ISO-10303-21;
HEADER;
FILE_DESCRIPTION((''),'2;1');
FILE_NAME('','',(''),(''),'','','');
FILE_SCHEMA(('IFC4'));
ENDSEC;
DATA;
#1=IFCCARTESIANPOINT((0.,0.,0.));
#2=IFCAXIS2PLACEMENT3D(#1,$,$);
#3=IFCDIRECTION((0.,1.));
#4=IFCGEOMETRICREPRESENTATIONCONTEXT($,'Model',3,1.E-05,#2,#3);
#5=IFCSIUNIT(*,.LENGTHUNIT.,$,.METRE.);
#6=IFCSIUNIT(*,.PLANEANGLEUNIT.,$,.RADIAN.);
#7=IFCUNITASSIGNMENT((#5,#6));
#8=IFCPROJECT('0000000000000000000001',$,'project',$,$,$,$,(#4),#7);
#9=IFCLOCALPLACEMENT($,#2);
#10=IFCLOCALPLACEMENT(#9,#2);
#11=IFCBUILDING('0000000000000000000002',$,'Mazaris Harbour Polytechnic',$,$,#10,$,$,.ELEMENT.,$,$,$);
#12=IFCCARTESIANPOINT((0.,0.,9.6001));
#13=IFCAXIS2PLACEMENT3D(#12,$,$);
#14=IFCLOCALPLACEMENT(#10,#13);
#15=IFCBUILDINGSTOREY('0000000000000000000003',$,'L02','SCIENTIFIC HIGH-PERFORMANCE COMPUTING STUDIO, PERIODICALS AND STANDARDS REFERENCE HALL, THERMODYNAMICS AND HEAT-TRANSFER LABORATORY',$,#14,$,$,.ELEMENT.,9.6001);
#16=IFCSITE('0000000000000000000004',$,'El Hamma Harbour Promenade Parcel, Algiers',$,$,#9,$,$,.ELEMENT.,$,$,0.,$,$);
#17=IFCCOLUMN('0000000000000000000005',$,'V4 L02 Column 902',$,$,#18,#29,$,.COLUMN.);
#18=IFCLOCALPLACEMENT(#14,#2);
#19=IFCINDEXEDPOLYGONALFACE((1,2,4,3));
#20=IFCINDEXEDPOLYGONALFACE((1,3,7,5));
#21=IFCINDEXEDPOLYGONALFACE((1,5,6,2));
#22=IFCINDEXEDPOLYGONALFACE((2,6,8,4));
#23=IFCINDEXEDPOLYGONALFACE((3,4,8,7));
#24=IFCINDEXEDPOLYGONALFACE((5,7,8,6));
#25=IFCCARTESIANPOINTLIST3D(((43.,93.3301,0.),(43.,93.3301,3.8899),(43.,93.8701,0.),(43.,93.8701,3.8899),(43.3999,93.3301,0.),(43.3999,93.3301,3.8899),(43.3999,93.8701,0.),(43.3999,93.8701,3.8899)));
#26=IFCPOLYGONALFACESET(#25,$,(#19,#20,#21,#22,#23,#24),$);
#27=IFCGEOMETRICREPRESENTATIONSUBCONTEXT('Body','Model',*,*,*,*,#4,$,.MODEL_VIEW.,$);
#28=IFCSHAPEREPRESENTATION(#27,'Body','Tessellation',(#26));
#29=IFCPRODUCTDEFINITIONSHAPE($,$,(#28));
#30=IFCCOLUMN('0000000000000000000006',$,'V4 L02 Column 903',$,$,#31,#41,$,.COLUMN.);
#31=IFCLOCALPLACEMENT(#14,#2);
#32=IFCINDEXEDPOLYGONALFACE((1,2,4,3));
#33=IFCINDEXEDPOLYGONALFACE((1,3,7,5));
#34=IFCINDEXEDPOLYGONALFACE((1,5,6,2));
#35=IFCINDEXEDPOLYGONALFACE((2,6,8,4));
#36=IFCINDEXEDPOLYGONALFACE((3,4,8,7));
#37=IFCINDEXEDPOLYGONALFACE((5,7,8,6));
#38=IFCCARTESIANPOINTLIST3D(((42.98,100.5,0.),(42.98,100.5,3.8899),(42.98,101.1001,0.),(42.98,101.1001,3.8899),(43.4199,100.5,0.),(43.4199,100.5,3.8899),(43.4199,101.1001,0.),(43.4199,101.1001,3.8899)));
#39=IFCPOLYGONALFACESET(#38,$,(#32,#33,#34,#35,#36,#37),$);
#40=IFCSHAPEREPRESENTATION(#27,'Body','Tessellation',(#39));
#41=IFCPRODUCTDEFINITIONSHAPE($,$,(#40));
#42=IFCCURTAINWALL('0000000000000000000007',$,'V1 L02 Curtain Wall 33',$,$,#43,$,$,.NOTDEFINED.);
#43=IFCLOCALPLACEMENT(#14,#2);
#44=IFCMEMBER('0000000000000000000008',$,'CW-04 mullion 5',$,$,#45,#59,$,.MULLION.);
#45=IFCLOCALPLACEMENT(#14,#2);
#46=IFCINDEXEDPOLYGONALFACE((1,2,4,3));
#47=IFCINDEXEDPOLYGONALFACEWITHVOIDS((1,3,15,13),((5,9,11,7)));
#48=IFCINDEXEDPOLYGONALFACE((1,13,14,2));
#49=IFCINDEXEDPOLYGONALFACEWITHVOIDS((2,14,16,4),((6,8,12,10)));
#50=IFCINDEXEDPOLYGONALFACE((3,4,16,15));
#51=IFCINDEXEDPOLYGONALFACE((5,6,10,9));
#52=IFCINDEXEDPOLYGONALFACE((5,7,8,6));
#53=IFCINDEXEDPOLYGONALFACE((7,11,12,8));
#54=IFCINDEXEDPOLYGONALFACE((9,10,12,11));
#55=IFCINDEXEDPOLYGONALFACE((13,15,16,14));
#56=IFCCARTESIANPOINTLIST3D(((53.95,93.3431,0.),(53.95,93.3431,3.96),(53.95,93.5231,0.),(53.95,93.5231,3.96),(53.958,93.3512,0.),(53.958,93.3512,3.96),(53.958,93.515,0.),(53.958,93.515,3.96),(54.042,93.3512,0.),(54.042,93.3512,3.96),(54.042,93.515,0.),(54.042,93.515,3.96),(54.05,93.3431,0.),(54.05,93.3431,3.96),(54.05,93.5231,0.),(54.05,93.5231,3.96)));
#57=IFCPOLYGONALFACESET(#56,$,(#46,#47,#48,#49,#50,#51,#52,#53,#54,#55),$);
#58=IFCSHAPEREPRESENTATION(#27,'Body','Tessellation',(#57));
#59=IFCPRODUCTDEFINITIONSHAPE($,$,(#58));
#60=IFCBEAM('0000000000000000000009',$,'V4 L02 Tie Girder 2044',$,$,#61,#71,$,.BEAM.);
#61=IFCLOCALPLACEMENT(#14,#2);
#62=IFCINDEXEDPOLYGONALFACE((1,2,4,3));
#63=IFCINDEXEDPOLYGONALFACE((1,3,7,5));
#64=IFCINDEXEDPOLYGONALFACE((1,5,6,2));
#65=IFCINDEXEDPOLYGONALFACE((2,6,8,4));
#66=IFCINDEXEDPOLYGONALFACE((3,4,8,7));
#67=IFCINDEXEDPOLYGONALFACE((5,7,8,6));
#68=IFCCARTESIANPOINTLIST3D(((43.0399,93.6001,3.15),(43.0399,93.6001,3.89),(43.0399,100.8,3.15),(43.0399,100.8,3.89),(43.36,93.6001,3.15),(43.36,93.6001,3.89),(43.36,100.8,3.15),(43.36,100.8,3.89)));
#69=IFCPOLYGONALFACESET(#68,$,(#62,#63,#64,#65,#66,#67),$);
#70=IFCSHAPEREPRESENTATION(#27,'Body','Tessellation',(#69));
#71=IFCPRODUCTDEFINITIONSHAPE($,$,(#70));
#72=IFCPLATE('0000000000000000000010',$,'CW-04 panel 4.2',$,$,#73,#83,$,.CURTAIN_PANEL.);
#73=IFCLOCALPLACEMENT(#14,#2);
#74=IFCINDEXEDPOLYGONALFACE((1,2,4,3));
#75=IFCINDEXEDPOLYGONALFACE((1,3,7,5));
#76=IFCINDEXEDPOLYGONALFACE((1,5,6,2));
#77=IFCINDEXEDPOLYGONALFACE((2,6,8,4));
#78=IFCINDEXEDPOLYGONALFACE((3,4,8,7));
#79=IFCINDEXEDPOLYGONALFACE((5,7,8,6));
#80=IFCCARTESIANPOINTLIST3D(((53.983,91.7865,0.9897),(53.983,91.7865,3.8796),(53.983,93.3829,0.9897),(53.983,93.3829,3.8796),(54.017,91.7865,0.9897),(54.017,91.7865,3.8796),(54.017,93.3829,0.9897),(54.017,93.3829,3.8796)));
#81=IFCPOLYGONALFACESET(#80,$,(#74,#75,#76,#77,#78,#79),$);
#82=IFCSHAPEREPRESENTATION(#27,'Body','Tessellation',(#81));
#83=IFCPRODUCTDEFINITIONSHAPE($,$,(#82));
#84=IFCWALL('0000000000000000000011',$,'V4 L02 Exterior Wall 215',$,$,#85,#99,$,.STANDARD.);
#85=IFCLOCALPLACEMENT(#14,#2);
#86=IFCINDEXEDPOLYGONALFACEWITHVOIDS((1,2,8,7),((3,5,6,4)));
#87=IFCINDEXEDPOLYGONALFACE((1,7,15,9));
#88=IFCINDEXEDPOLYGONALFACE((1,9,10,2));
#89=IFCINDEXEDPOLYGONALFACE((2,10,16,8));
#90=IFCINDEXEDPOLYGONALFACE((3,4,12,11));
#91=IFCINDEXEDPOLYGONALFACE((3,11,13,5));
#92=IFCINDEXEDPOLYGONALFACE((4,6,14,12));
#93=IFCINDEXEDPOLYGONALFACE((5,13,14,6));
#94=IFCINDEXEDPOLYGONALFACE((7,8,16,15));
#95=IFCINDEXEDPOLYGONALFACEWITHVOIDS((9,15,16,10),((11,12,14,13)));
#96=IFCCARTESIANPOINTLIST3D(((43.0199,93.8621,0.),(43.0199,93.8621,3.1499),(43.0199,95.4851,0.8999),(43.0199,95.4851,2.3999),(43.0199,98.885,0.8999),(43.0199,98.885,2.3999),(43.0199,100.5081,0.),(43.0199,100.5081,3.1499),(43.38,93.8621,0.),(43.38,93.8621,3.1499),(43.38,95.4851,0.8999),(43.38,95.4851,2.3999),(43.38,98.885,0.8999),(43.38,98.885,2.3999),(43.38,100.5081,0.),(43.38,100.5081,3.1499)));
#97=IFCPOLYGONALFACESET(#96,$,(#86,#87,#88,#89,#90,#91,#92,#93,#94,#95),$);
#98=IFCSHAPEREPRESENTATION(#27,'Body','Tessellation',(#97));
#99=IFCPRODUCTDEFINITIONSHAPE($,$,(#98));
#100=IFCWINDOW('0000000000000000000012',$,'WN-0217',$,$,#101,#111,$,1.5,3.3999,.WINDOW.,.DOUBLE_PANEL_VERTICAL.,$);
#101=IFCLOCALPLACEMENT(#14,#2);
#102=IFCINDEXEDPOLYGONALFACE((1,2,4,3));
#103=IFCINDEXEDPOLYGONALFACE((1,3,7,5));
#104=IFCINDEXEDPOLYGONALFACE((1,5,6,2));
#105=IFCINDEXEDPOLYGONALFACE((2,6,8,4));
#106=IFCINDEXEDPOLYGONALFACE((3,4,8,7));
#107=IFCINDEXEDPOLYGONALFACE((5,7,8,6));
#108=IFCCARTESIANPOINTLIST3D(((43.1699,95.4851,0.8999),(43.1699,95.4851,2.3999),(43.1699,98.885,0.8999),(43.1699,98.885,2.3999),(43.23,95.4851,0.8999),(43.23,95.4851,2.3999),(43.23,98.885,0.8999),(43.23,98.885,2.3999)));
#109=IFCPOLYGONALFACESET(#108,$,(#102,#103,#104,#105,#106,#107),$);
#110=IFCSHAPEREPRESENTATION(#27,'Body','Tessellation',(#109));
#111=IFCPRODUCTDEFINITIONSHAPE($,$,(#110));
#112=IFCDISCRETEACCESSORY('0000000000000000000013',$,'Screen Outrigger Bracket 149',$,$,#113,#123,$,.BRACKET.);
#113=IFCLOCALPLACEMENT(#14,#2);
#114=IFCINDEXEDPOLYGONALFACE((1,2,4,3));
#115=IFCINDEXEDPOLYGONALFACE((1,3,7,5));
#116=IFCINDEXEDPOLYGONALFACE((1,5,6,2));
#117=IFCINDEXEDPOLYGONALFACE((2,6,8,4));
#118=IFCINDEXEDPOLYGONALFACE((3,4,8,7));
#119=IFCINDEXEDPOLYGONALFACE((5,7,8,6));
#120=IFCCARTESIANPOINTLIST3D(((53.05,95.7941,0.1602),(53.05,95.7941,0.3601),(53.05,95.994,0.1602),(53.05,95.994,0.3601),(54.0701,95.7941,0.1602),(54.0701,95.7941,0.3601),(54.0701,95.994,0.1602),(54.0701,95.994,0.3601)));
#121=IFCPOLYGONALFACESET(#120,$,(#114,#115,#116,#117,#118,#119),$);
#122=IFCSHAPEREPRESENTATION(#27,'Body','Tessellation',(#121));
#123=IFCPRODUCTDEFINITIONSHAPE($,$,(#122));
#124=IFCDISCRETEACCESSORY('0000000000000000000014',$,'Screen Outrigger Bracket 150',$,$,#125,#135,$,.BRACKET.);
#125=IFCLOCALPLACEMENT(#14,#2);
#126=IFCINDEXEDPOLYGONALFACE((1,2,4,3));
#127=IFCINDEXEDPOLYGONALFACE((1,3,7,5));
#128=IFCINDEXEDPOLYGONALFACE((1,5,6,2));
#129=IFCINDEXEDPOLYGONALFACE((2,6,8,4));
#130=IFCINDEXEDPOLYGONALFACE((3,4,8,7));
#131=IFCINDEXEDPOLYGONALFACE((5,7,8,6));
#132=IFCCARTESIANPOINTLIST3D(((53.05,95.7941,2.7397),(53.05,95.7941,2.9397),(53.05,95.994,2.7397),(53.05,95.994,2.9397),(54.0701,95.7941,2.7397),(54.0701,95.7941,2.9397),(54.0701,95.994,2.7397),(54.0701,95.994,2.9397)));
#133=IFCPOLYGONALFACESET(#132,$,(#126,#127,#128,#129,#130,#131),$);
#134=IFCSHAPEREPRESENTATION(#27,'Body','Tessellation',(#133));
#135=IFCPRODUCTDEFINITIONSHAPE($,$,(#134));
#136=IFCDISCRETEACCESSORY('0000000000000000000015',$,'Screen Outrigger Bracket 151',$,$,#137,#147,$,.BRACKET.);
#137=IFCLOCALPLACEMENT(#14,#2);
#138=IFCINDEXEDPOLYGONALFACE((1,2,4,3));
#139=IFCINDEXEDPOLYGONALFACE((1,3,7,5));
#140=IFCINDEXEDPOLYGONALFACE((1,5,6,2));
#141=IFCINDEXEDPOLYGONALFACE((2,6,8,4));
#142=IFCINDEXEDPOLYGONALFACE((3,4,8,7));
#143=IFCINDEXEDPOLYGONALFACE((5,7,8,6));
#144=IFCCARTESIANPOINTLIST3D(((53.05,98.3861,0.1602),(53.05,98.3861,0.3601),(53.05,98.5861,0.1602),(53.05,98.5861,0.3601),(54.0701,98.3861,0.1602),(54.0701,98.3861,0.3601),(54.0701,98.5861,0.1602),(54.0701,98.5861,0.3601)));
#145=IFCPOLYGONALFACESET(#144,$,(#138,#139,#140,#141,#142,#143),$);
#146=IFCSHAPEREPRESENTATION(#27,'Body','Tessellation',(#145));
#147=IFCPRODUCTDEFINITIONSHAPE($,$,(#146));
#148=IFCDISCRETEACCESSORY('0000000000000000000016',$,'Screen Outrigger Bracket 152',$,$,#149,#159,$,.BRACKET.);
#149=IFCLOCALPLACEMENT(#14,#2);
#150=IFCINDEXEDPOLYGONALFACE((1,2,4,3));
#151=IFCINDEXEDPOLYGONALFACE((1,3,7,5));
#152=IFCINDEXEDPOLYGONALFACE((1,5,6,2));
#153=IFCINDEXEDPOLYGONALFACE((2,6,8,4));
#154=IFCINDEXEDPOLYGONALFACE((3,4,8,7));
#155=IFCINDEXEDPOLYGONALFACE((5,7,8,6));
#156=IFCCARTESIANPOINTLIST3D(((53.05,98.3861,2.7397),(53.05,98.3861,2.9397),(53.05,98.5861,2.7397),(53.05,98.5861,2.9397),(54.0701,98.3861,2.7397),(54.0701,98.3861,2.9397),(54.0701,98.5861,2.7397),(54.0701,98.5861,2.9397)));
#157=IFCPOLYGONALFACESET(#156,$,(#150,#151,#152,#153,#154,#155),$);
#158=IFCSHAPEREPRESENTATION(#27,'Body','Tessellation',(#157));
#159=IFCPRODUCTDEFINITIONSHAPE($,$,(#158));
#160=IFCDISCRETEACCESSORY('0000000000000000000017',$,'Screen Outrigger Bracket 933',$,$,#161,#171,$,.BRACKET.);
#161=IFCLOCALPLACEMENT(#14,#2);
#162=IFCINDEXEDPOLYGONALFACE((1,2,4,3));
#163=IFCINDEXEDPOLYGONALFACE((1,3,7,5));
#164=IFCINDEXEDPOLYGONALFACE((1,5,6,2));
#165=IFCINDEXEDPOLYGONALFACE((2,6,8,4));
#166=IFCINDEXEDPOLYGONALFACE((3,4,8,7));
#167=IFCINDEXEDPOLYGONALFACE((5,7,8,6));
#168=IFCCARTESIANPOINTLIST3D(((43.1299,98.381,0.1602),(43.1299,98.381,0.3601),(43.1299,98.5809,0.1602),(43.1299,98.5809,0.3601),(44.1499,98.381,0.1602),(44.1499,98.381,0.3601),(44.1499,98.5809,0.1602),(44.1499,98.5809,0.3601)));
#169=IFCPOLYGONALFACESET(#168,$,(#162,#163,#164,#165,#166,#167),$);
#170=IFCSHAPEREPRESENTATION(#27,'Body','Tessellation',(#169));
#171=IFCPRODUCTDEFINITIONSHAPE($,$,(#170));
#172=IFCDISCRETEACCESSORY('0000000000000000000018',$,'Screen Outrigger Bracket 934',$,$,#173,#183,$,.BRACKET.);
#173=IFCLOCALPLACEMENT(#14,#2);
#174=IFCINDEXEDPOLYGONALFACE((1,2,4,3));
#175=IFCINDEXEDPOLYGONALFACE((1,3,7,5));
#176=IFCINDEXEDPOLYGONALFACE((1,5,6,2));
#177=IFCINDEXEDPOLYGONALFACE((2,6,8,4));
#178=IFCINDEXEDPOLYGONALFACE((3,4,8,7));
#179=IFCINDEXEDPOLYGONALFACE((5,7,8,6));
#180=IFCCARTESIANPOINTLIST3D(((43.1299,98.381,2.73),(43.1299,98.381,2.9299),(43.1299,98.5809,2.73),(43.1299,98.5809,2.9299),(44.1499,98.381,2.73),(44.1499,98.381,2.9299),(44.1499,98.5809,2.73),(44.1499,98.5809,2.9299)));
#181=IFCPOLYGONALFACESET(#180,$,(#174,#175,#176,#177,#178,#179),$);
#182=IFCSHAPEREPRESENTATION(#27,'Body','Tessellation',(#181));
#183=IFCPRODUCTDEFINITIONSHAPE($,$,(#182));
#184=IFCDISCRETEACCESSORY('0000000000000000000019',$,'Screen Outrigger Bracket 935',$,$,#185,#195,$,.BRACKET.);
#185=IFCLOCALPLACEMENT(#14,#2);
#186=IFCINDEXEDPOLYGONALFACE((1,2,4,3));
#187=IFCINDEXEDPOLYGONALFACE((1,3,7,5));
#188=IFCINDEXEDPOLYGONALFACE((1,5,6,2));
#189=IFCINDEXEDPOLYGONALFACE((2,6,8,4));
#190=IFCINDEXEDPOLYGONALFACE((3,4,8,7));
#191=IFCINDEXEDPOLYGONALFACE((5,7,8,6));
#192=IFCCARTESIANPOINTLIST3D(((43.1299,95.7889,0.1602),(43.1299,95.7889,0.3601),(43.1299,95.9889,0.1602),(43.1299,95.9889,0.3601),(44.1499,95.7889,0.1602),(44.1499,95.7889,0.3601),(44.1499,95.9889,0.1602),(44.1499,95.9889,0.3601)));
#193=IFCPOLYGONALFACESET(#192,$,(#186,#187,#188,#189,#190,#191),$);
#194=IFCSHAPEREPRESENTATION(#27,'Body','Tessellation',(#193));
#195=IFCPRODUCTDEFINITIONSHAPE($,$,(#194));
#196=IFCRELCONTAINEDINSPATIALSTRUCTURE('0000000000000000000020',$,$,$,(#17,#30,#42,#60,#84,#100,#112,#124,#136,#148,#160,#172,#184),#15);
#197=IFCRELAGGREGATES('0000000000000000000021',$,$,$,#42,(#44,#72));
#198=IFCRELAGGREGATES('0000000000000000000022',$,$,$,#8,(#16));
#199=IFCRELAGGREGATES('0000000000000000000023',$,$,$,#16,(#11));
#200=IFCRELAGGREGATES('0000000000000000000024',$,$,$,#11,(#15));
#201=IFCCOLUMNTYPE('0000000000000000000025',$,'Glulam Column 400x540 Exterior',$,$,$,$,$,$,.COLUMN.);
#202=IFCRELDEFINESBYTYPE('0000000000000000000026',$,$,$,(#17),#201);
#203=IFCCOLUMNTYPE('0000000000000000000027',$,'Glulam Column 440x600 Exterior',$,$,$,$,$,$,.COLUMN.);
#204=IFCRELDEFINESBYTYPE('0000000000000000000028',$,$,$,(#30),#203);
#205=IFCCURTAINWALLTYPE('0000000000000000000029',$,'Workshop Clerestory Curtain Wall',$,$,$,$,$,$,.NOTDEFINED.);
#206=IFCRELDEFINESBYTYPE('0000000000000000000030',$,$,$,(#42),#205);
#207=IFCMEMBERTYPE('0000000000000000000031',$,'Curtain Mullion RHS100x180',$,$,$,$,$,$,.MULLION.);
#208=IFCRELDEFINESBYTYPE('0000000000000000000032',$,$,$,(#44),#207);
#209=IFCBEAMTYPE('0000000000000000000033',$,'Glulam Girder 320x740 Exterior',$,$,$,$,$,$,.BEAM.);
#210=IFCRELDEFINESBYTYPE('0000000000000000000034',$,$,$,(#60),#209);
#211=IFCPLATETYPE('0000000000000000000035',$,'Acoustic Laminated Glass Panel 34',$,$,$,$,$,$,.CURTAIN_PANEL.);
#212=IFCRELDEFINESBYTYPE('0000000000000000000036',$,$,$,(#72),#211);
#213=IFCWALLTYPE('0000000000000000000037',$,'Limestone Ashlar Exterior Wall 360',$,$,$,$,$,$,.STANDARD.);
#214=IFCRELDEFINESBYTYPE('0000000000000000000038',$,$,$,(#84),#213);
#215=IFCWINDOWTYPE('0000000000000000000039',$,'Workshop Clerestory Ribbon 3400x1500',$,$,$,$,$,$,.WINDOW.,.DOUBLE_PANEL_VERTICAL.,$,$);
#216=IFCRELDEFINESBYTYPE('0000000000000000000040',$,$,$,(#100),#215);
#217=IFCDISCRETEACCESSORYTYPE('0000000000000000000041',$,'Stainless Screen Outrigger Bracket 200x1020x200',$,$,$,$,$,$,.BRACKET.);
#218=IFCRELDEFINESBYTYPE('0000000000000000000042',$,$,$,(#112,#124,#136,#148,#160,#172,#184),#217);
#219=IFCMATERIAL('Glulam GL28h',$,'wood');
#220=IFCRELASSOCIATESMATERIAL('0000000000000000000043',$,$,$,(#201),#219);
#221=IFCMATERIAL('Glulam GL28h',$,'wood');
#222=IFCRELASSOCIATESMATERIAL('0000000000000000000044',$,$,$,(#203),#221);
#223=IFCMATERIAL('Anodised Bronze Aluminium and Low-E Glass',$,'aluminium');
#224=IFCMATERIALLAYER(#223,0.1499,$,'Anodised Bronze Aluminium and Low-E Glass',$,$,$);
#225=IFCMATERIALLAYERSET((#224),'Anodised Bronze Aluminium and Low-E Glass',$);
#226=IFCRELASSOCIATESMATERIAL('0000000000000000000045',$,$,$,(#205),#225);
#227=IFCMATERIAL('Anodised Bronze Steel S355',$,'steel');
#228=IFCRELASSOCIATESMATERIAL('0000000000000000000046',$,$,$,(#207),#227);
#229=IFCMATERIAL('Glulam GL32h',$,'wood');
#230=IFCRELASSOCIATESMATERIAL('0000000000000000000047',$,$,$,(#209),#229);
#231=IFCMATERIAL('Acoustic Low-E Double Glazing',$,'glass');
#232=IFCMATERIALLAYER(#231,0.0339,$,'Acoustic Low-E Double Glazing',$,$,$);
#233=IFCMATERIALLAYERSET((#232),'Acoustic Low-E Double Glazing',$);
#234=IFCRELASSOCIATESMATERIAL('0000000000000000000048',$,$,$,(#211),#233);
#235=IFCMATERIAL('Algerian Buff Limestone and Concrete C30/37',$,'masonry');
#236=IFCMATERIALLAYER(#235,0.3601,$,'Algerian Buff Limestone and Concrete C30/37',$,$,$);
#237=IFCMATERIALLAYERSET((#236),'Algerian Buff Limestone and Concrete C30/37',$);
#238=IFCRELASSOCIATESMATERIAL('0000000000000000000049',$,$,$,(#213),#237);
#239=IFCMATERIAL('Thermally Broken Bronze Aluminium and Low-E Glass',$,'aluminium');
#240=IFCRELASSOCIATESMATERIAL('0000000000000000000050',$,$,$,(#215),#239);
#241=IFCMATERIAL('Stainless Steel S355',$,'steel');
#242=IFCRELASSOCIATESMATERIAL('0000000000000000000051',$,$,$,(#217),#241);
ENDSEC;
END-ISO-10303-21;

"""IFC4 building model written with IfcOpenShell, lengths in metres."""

from ifc_helpers import new_model, si_unit, direction, frame, frame_2d, origin, origin_2d, place, context, subcontext, project, spatial, rectangle, hollow_rectangle, extrude, material, layer, layer_set, material_profile, profile_set, type_object, element, fill, aggregate, save


model = new_model("IFC4")

# Units and contexts
model_context = context("Model", 3, precision=1e-05, world=origin(), true_north=direction((0.0, 1.0)))
body_context = subcontext(model_context, "Body", "Model", "MODEL_VIEW")
ifc_project = project(units=[si_unit("LENGTHUNIT", "METRE"), si_unit("PLANEANGLEUNIT", "RADIAN")], contexts=[model_context])

# Site, building, storey
site_placement = place(None, origin())
site = spatial("IfcSite", under=ifc_project, at=site_placement, Name="El Hamma Harbour Promenade Parcel, Algiers", CompositionType="ELEMENT", RefElevation=0.0)
building_placement = place(site_placement, origin())
building = spatial("IfcBuilding", under=site, at=building_placement, Name="Mazaris Harbour Polytechnic", CompositionType="ELEMENT")
storey_placement = place(building_placement, frame((0.0, 0.0, 9.6001)))
storey = spatial("IfcBuildingStorey", under=building, at=storey_placement, Name="L02", Description="SCIENTIFIC HIGH-PERFORMANCE COMPUTING STUDIO, PERIODICALS AND STANDARDS REFERENCE HALL, THERMODYNAMICS AND HEAT-TRANSFER LABORATORY", CompositionType="ELEMENT", Elevation=9.6001)

# Columns
ifc_material_1 = material(Name="Glulam GL28h", Category="wood")
ifc_material_profile_1 = material_profile(ifc_material_1, rectangle(XDim=0.3999, YDim=0.54, at=origin_2d()), Name="RECT400x540")
ifc_profile_set_1 = profile_set([ifc_material_profile_1], Name="Glulam GL28h")
column_type_1 = type_object("IfcColumnType", Name="Glulam Column 400x540 Exterior", PredefinedType="COLUMN", material=ifc_profile_set_1)
column_1_placement = place(storey_placement, frame((43.2, 93.6001, 0.0), z_axis=(0.0, 0.0, 1.0), x_axis=(1.0, 0.0, 0.0)))
element("IfcColumn", 1, at=column_1_placement, inside=storey, type_object=column_type_1, Name="V4 L02 Column 902", PredefinedType="COLUMN", context=body_context, shape_type="SweptSolid", body=[
    extrude(rectangle(XDim=0.3999, YDim=0.54, at=origin_2d()), origin(), (0.0, 0.0, 1.0), 3.8899),
])
ifc_material_2 = material(Name="Glulam GL28h", Category="wood")
ifc_material_profile_2 = material_profile(ifc_material_2, rectangle(XDim=0.4399, YDim=0.6001, at=origin_2d()), Name="RECT440x600")
ifc_profile_set_2 = profile_set([ifc_material_profile_2], Name="Glulam GL28h")
column_type_2 = type_object("IfcColumnType", Name="Glulam Column 440x600 Exterior", PredefinedType="COLUMN", material=ifc_profile_set_2)
column_2_placement = place(storey_placement, frame((43.2, 100.8, 0.0), z_axis=(0.0, 0.0, 1.0), x_axis=(1.0, 0.0, 0.0)))
element("IfcColumn", 2, at=column_2_placement, inside=storey, type_object=column_type_2, Name="V4 L02 Column 903", PredefinedType="COLUMN", context=body_context, shape_type="SweptSolid", body=[
    extrude(rectangle(XDim=0.4399, YDim=0.6001, at=origin_2d()), origin(), (0.0, 0.0, 1.0), 3.8899),
])

# Curtain wall, member
ifc_material_3 = material(Name="Anodised Bronze Aluminium and Low-E Glass", Category="aluminium")
ifc_layer_1 = layer(ifc_material_3, 0.1499, Name="Anodised Bronze Aluminium and Low-E Glass")
ifc_layer_set_1 = layer_set([ifc_layer_1], Name="Anodised Bronze Aluminium and Low-E Glass")
curtain_wall_type = type_object("IfcCurtainWallType", Name="Workshop Clerestory Curtain Wall", PredefinedType="NOTDEFINED", material=ifc_layer_set_1)
curtain_wall_placement = place(storey_placement, origin())
curtain_wall = element("IfcCurtainWall", 3, at=curtain_wall_placement, inside=storey, type_object=curtain_wall_type, Name="V1 L02 Curtain Wall 33", PredefinedType="NOTDEFINED")
ifc_material_4 = material(Name="Anodised Bronze Steel S355", Category="steel")
ifc_material_profile_3 = material_profile(ifc_material_4, hollow_rectangle(XDim=0.1001, YDim=0.1799, WallThickness=0.0081, at=origin_2d()), Name="RHS 100x180x8.0")
ifc_profile_set_3 = profile_set([ifc_material_profile_3], Name="Anodised Bronze Steel S355")
member_type = type_object("IfcMemberType", Name="Curtain Mullion RHS100x180", PredefinedType="MULLION", material=ifc_profile_set_3)
member_placement = place(storey_placement, frame((54.0, 93.4331, 0.0), z_axis=(0.0, 0.0, 1.0), x_axis=(-1.0, 0.0, 0.0)))
member = element("IfcMember", 4, at=member_placement, type_object=member_type, Name="CW-04 mullion 5", PredefinedType="MULLION", context=body_context, shape_type="SweptSolid", body=[
    extrude(hollow_rectangle(XDim=0.1001, YDim=0.1799, WallThickness=0.0081, at=origin_2d()), origin(), (0.0, 0.0, 1.0), 3.96),
])

# Beam
ifc_material_5 = material(Name="Glulam GL32h", Category="wood")
ifc_material_profile_4 = material_profile(ifc_material_5, rectangle(XDim=0.3201, YDim=0.74, at=origin_2d()), Name="RECT320x740")
ifc_profile_set_4 = profile_set([ifc_material_profile_4], Name="Glulam GL32h")
beam_type = type_object("IfcBeamType", Name="Glulam Girder 320x740 Exterior", PredefinedType="BEAM", material=ifc_profile_set_4)
beam_placement = place(storey_placement, frame((43.2, 93.6001, 3.52), z_axis=(0.0, 1.0, 0.0), x_axis=(-1.0, 0.0, 0.0)))
element("IfcBeam", 5, at=beam_placement, inside=storey, type_object=beam_type, Name="V4 L02 Tie Girder 2044", PredefinedType="BEAM", context=body_context, shape_type="SweptSolid", body=[
    extrude(rectangle(XDim=0.3201, YDim=0.74, at=origin_2d()), origin(), (0.0, 0.0, 1.0), 7.2),
])

# Plate
ifc_material_6 = material(Name="Acoustic Low-E Double Glazing", Category="glass")
ifc_layer_2 = layer(ifc_material_6, 0.0339, Name="Acoustic Low-E Double Glazing")
ifc_layer_set_2 = layer_set([ifc_layer_2], Name="Acoustic Low-E Double Glazing")
plate_type = type_object("IfcPlateType", Name="Acoustic Laminated Glass Panel 34", PredefinedType="CURTAIN_PANEL", material=ifc_layer_set_2)
plate_placement = place(storey_placement, frame((54.0, 92.5847, 0.9897), z_axis=(0.0, 0.0, 1.0), x_axis=(0.0, 1.0, 0.0)))
plate = element("IfcPlate", 6, at=plate_placement, type_object=plate_type, Name="CW-04 panel 4.2", PredefinedType="CURTAIN_PANEL", context=body_context, shape_type="SweptSolid", body=[
    extrude(rectangle(XDim=1.5964, YDim=0.0339, at=origin_2d()), origin(), (0.0, 0.0, 1.0), 2.8899),
])
aggregate(curtain_wall, [member, plate])

# Wall, opening, window
ifc_material_7 = material(Name="Algerian Buff Limestone and Concrete C30/37", Category="masonry")
ifc_layer_3 = layer(ifc_material_7, 0.3601, Name="Algerian Buff Limestone and Concrete C30/37")
ifc_layer_set_3 = layer_set([ifc_layer_3], Name="Algerian Buff Limestone and Concrete C30/37")
wall_type = type_object("IfcWallType", Name="Limestone Ashlar Exterior Wall 360", PredefinedType="STANDARD", material=ifc_layer_set_3)
wall_placement = place(storey_placement, frame((43.2, 100.5081, 0.0), z_axis=(0.0, 0.0, 1.0), x_axis=(0.0, -1.0, 0.0)))
wall = element("IfcWall", 7, at=wall_placement, inside=storey, type_object=wall_type, Name="V4 L02 Exterior Wall 215", PredefinedType="STANDARD", context=body_context, shape_type="SweptSolid", body=[
    extrude(rectangle(XDim=6.646, YDim=0.3601, at=frame_2d((3.323, 0.0))), origin(), (0.0, 0.0, 1.0), 3.1499),
])
opening_placement = place(wall_placement, frame((1.623, 0.0, 0.8999)))
opening = element("IfcOpeningElement", 8, at=opening_placement, cuts=wall, PredefinedType="OPENING", context=body_context, shape_type="SweptSolid", body=[
    extrude(rectangle(XDim=3.3999, YDim=1.5, at=frame_2d((1.7, 0.75))), frame((0.0, 0.1899, 0.0), z_axis=(0.0, -1.0, 0.0), x_axis=(1.0, 0.0, 0.0)), (0.0, 0.0, 1.0), 0.3801),
])
ifc_material_8 = material(Name="Thermally Broken Bronze Aluminium and Low-E Glass", Category="aluminium")
window_type = type_object("IfcWindowType", Name="Workshop Clerestory Ribbon 3400x1500", PartitioningType="DOUBLE_PANEL_VERTICAL", PredefinedType="WINDOW", material=ifc_material_8)
window_placement = place(opening_placement, origin())
window = element("IfcWindow", 9, at=window_placement, inside=storey, type_object=window_type, Name="WN-0217", OverallHeight=1.5, OverallWidth=3.3999, PartitioningType="DOUBLE_PANEL_VERTICAL", PredefinedType="WINDOW", context=body_context, shape_type="SweptSolid", body=[
    extrude(rectangle(XDim=3.3999, YDim=1.5, at=frame_2d((1.7, 0.75))), frame((0.0, 0.03, 0.0), z_axis=(0.0, -1.0, 0.0), x_axis=(1.0, 0.0, 0.0)), (0.0, 0.0, 1.0), 0.0601),
])
fill(opening, window)

# Discrete accessories
ifc_material_9 = material(Name="Stainless Steel S355", Category="steel")
discrete_accessory_type = type_object("IfcDiscreteAccessoryType", Name="Stainless Screen Outrigger Bracket 200x1020x200", PredefinedType="BRACKET", material=ifc_material_9)
for number, where, z_axis, x_axis, name in (
    (10, (53.5601, 95.894, 0.1602), (0.0, 0.0, 1.0), (0.0, 1.0, 0.0), "Screen Outrigger Bracket 149"),
    (11, (53.5601, 95.894, 2.7397), (0.0, 0.0, 1.0), (0.0, 1.0, 0.0), "Screen Outrigger Bracket 150"),
    (12, (53.5601, 98.4861, 0.1602), (0.0, 0.0, 1.0), (0.0, 1.0, 0.0), "Screen Outrigger Bracket 151"),
    (13, (53.5601, 98.4861, 2.7397), (0.0, 0.0, 1.0), (0.0, 1.0, 0.0), "Screen Outrigger Bracket 152"),
    (14, (43.6399, 98.481, 0.1602), (0.0, 0.0, 1.0), (0.0, -1.0, 0.0), "Screen Outrigger Bracket 933"),
    (15, (43.6399, 98.481, 2.73), (0.0, 0.0, 1.0), (0.0, -1.0, 0.0), "Screen Outrigger Bracket 934"),
    (16, (43.6399, 95.8889, 0.1602), (0.0, 0.0, 1.0), (0.0, -1.0, 0.0), "Screen Outrigger Bracket 935"),
):
    element("IfcDiscreteAccessory", number, at=place(storey_placement, frame(where, z_axis=z_axis, x_axis=x_axis)), inside=storey, type_object=discrete_accessory_type, Name=name, PredefinedType="BRACKET", context=body_context, shape_type="SweptSolid", body=[
        extrude(rectangle(XDim=0.2, YDim=1.02, at=origin_2d()), origin(), (0.0, 0.0, 1.0), 0.2),
    ])

save(model, "model.ifc")
